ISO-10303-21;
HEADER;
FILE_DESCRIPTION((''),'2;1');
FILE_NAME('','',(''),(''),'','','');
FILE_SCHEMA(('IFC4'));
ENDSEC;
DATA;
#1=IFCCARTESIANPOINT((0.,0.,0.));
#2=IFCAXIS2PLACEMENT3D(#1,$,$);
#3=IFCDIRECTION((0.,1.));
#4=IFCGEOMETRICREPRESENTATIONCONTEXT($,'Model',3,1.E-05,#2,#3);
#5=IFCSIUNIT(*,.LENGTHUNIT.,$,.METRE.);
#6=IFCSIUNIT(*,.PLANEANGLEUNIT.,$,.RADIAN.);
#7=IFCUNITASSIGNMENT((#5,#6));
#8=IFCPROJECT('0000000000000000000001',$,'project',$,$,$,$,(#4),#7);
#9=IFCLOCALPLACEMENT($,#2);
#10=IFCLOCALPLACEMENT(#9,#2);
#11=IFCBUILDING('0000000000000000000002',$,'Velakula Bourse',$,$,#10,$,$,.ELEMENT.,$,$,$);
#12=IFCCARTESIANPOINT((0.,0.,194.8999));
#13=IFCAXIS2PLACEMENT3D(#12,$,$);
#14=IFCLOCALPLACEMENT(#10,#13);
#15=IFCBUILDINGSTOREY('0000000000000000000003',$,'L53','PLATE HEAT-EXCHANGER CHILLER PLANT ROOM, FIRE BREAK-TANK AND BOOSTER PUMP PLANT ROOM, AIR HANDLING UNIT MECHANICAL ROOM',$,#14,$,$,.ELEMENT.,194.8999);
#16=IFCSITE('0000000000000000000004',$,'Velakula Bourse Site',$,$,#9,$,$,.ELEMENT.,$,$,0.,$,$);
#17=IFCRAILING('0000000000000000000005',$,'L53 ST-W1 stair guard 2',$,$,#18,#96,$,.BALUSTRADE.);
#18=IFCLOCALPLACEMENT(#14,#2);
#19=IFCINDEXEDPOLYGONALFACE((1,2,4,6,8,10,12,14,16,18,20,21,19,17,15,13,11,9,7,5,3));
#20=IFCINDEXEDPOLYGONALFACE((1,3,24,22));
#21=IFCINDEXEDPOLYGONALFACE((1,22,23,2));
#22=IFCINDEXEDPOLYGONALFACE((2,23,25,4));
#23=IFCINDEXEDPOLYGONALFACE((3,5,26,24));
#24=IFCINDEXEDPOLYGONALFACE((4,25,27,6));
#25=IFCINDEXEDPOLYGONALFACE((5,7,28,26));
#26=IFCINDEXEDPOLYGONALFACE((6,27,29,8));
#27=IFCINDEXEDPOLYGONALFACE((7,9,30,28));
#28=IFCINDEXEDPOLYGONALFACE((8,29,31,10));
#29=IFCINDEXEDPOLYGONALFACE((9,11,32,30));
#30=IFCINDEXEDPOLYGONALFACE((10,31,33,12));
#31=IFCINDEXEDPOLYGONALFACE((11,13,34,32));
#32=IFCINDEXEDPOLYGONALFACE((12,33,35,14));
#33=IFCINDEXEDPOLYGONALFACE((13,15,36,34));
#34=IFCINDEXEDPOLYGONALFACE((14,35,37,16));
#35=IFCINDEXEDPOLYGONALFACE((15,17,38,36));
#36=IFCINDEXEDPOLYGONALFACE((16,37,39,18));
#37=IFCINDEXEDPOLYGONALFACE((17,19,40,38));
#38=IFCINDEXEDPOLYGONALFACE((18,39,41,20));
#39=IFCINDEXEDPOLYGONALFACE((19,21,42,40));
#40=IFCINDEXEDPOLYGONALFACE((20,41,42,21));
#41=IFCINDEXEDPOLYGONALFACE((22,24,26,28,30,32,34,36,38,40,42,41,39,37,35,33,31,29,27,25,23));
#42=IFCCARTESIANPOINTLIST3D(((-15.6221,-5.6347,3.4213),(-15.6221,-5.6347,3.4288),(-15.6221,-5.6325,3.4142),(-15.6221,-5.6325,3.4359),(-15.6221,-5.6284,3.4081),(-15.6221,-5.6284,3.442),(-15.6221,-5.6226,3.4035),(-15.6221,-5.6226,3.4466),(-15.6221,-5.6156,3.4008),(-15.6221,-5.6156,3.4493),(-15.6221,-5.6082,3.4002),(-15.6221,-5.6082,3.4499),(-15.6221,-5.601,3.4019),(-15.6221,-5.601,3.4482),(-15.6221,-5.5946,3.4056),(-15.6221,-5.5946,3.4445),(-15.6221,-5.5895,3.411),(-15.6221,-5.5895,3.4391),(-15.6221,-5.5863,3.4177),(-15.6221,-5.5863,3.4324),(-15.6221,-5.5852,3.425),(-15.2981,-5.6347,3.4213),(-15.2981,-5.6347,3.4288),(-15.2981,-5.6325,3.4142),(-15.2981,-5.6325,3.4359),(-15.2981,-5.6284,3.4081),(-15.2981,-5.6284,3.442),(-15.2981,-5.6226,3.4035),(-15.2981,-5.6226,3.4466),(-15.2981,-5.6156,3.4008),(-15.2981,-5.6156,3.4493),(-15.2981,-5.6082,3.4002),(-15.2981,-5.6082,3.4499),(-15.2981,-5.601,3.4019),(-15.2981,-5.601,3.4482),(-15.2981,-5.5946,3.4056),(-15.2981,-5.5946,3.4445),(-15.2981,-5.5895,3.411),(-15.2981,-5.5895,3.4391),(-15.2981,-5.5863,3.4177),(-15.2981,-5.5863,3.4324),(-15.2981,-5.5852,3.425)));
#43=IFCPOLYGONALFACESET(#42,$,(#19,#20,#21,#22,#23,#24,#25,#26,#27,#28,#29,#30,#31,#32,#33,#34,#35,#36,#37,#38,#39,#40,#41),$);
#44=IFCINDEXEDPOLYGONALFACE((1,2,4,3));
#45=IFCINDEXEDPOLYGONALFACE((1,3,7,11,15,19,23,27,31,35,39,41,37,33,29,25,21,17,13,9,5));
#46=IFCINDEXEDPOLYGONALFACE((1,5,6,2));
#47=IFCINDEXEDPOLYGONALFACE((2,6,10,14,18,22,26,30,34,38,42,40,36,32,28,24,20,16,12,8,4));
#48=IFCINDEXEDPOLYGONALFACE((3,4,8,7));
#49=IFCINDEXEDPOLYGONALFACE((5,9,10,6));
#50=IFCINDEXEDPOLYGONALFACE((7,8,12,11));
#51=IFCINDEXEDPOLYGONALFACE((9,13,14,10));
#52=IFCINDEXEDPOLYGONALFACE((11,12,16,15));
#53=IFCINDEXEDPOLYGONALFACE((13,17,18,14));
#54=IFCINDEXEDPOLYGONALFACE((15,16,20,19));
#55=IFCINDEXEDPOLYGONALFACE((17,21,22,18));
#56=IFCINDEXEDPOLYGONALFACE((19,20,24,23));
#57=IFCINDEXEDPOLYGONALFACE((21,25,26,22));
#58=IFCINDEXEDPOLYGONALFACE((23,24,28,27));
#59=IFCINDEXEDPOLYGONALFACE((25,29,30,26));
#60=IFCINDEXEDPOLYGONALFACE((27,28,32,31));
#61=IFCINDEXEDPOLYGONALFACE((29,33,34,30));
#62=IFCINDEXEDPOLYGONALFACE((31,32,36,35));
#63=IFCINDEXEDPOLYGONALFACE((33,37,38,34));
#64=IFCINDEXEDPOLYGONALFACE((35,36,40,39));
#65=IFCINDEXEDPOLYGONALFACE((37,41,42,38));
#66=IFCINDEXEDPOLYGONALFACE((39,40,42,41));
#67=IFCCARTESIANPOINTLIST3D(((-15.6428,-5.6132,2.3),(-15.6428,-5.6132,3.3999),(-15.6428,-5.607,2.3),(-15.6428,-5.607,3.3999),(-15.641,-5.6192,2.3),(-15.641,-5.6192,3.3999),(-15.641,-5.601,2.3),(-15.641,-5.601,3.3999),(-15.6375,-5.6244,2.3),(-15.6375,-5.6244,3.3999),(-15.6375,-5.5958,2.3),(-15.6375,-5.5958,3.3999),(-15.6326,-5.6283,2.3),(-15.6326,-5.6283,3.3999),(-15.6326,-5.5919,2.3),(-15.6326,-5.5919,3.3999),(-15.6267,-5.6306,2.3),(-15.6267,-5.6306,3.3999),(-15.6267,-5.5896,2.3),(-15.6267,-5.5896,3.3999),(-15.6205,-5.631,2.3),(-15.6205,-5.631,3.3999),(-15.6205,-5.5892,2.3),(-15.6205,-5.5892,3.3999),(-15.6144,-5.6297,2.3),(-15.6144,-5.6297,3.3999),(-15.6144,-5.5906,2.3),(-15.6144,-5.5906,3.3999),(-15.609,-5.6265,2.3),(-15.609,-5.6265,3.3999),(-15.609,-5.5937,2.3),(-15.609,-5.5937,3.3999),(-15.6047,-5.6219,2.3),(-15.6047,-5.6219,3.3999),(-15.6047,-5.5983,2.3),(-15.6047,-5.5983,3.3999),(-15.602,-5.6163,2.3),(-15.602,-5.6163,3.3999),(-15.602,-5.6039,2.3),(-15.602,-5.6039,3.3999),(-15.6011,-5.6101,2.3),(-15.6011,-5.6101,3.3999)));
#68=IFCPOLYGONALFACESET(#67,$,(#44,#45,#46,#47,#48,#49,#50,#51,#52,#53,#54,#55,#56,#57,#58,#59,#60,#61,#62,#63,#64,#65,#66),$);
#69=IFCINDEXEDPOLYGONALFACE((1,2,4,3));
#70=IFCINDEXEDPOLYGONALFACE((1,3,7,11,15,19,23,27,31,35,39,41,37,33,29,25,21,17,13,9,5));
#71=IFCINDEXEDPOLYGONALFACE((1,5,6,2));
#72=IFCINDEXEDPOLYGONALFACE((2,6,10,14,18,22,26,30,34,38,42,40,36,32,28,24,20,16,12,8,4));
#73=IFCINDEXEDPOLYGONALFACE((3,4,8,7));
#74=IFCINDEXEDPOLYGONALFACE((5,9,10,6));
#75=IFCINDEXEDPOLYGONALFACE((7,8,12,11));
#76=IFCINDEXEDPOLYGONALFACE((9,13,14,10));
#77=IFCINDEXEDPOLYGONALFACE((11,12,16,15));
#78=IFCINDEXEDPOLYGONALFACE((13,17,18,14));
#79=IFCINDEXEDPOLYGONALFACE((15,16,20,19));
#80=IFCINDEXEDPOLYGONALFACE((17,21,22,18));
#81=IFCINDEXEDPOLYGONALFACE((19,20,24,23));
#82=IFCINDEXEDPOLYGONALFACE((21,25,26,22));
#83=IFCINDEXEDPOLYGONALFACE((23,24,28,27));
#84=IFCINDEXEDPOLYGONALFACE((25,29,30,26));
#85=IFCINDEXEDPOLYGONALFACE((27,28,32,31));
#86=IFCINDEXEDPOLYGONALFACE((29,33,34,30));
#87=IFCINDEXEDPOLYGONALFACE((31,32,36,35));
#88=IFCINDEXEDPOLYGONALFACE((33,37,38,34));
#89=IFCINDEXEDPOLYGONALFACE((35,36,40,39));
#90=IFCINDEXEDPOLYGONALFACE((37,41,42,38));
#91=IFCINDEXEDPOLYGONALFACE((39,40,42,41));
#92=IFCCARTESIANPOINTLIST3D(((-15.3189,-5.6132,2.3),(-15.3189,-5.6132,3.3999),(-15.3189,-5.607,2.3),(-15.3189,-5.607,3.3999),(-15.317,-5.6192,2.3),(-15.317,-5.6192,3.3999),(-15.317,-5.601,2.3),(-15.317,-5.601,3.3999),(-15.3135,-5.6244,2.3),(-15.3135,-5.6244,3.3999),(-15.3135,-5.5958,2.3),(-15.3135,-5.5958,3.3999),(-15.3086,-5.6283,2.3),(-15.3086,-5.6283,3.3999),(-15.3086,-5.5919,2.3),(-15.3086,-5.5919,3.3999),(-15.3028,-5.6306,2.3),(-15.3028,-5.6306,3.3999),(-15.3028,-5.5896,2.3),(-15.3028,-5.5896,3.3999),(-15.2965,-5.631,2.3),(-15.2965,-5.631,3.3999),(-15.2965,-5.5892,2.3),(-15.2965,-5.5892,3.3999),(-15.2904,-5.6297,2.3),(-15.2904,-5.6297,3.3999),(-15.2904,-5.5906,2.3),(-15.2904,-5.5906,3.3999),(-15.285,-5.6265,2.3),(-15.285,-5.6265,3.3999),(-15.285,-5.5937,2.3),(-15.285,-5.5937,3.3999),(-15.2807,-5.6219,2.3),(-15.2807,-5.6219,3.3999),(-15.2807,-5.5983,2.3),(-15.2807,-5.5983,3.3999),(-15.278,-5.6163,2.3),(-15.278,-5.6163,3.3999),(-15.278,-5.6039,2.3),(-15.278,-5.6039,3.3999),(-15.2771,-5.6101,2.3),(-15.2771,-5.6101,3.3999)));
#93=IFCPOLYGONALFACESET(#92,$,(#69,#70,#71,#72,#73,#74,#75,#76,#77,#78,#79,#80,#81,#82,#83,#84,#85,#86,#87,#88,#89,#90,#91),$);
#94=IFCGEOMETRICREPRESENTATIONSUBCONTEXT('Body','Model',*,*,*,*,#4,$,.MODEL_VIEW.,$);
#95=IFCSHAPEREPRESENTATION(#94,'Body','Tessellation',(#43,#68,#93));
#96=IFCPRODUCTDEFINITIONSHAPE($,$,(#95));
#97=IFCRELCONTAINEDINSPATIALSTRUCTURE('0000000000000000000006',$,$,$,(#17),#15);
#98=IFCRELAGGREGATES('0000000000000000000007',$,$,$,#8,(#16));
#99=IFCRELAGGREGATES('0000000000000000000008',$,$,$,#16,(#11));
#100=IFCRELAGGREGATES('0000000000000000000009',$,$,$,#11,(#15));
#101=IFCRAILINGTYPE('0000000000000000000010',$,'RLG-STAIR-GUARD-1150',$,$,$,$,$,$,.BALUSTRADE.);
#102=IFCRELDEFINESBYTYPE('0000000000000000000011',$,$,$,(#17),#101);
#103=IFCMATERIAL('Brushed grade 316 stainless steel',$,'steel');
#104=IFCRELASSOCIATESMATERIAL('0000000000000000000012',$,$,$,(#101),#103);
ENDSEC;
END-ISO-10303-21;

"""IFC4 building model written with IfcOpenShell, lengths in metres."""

from ifc_helpers import new_model, si_unit, direction, frame, origin, origin_2d, place, context, subcontext, project, spatial, circle, extrude, material, type_object, element, save


model = new_model("IFC4")

# Units and contexts
model_context = context("Model", 3, precision=1e-05, world=origin(), true_north=direction((0.0, 1.0)))
body_context = subcontext(model_context, "Body", "Model", "MODEL_VIEW")
ifc_project = project(units=[si_unit("LENGTHUNIT", "METRE"), si_unit("PLANEANGLEUNIT", "RADIAN")], contexts=[model_context])

# Site, building, storey
site_placement = place(None, origin())
site = spatial("IfcSite", under=ifc_project, at=site_placement, Name="Velakula Bourse Site", CompositionType="ELEMENT", RefElevation=0.0)
building_placement = place(site_placement, origin())
building = spatial("IfcBuilding", under=site, at=building_placement, Name="Velakula Bourse", CompositionType="ELEMENT")
storey_placement = place(building_placement, frame((0.0, 0.0, 194.8999)))
storey = spatial("IfcBuildingStorey", under=building, at=storey_placement, Name="L53", Description="PLATE HEAT-EXCHANGER CHILLER PLANT ROOM, FIRE BREAK-TANK AND BOOSTER PUMP PLANT ROOM, AIR HANDLING UNIT MECHANICAL ROOM", CompositionType="ELEMENT", Elevation=194.8999)

# Shared definitions
ifc_material_1 = material(Name="Brushed grade 316 stainless steel", Category="steel")

# Railing
railing_type_1 = type_object("IfcRailingType", Name="RLG-STAIR-GUARD-1150", PredefinedType="BALUSTRADE", material=ifc_material_1)
railing_1_placement = place(storey_placement, frame((-15.6221, -5.6101, 2.3)))
element("IfcRailing", 1, at=railing_1_placement, inside=storey, type_object=railing_type_1, Name="L53 ST-W1 stair guard 2", PredefinedType="BALUSTRADE", context=body_context, shape_type="SweptSolid", body=[
    extrude(circle(Radius=0.0249, at=origin_2d()), frame((0.0, 0.0, 1.125), z_axis=(1.0, 0.0, 0.0), x_axis=(0.0, 1.0, 0.0)), (0.0, 0.0, 1.0), 0.324),
    extrude(circle(Radius=0.021, at=origin_2d()), origin(), (0.0, 0.0, 1.0), 1.0999),
    extrude(circle(Radius=0.021, at=origin_2d()), frame((0.324, 0.0, 0.0)), (0.0, 0.0, 1.0), 1.0999),
])

save(model, "model.ifc")
